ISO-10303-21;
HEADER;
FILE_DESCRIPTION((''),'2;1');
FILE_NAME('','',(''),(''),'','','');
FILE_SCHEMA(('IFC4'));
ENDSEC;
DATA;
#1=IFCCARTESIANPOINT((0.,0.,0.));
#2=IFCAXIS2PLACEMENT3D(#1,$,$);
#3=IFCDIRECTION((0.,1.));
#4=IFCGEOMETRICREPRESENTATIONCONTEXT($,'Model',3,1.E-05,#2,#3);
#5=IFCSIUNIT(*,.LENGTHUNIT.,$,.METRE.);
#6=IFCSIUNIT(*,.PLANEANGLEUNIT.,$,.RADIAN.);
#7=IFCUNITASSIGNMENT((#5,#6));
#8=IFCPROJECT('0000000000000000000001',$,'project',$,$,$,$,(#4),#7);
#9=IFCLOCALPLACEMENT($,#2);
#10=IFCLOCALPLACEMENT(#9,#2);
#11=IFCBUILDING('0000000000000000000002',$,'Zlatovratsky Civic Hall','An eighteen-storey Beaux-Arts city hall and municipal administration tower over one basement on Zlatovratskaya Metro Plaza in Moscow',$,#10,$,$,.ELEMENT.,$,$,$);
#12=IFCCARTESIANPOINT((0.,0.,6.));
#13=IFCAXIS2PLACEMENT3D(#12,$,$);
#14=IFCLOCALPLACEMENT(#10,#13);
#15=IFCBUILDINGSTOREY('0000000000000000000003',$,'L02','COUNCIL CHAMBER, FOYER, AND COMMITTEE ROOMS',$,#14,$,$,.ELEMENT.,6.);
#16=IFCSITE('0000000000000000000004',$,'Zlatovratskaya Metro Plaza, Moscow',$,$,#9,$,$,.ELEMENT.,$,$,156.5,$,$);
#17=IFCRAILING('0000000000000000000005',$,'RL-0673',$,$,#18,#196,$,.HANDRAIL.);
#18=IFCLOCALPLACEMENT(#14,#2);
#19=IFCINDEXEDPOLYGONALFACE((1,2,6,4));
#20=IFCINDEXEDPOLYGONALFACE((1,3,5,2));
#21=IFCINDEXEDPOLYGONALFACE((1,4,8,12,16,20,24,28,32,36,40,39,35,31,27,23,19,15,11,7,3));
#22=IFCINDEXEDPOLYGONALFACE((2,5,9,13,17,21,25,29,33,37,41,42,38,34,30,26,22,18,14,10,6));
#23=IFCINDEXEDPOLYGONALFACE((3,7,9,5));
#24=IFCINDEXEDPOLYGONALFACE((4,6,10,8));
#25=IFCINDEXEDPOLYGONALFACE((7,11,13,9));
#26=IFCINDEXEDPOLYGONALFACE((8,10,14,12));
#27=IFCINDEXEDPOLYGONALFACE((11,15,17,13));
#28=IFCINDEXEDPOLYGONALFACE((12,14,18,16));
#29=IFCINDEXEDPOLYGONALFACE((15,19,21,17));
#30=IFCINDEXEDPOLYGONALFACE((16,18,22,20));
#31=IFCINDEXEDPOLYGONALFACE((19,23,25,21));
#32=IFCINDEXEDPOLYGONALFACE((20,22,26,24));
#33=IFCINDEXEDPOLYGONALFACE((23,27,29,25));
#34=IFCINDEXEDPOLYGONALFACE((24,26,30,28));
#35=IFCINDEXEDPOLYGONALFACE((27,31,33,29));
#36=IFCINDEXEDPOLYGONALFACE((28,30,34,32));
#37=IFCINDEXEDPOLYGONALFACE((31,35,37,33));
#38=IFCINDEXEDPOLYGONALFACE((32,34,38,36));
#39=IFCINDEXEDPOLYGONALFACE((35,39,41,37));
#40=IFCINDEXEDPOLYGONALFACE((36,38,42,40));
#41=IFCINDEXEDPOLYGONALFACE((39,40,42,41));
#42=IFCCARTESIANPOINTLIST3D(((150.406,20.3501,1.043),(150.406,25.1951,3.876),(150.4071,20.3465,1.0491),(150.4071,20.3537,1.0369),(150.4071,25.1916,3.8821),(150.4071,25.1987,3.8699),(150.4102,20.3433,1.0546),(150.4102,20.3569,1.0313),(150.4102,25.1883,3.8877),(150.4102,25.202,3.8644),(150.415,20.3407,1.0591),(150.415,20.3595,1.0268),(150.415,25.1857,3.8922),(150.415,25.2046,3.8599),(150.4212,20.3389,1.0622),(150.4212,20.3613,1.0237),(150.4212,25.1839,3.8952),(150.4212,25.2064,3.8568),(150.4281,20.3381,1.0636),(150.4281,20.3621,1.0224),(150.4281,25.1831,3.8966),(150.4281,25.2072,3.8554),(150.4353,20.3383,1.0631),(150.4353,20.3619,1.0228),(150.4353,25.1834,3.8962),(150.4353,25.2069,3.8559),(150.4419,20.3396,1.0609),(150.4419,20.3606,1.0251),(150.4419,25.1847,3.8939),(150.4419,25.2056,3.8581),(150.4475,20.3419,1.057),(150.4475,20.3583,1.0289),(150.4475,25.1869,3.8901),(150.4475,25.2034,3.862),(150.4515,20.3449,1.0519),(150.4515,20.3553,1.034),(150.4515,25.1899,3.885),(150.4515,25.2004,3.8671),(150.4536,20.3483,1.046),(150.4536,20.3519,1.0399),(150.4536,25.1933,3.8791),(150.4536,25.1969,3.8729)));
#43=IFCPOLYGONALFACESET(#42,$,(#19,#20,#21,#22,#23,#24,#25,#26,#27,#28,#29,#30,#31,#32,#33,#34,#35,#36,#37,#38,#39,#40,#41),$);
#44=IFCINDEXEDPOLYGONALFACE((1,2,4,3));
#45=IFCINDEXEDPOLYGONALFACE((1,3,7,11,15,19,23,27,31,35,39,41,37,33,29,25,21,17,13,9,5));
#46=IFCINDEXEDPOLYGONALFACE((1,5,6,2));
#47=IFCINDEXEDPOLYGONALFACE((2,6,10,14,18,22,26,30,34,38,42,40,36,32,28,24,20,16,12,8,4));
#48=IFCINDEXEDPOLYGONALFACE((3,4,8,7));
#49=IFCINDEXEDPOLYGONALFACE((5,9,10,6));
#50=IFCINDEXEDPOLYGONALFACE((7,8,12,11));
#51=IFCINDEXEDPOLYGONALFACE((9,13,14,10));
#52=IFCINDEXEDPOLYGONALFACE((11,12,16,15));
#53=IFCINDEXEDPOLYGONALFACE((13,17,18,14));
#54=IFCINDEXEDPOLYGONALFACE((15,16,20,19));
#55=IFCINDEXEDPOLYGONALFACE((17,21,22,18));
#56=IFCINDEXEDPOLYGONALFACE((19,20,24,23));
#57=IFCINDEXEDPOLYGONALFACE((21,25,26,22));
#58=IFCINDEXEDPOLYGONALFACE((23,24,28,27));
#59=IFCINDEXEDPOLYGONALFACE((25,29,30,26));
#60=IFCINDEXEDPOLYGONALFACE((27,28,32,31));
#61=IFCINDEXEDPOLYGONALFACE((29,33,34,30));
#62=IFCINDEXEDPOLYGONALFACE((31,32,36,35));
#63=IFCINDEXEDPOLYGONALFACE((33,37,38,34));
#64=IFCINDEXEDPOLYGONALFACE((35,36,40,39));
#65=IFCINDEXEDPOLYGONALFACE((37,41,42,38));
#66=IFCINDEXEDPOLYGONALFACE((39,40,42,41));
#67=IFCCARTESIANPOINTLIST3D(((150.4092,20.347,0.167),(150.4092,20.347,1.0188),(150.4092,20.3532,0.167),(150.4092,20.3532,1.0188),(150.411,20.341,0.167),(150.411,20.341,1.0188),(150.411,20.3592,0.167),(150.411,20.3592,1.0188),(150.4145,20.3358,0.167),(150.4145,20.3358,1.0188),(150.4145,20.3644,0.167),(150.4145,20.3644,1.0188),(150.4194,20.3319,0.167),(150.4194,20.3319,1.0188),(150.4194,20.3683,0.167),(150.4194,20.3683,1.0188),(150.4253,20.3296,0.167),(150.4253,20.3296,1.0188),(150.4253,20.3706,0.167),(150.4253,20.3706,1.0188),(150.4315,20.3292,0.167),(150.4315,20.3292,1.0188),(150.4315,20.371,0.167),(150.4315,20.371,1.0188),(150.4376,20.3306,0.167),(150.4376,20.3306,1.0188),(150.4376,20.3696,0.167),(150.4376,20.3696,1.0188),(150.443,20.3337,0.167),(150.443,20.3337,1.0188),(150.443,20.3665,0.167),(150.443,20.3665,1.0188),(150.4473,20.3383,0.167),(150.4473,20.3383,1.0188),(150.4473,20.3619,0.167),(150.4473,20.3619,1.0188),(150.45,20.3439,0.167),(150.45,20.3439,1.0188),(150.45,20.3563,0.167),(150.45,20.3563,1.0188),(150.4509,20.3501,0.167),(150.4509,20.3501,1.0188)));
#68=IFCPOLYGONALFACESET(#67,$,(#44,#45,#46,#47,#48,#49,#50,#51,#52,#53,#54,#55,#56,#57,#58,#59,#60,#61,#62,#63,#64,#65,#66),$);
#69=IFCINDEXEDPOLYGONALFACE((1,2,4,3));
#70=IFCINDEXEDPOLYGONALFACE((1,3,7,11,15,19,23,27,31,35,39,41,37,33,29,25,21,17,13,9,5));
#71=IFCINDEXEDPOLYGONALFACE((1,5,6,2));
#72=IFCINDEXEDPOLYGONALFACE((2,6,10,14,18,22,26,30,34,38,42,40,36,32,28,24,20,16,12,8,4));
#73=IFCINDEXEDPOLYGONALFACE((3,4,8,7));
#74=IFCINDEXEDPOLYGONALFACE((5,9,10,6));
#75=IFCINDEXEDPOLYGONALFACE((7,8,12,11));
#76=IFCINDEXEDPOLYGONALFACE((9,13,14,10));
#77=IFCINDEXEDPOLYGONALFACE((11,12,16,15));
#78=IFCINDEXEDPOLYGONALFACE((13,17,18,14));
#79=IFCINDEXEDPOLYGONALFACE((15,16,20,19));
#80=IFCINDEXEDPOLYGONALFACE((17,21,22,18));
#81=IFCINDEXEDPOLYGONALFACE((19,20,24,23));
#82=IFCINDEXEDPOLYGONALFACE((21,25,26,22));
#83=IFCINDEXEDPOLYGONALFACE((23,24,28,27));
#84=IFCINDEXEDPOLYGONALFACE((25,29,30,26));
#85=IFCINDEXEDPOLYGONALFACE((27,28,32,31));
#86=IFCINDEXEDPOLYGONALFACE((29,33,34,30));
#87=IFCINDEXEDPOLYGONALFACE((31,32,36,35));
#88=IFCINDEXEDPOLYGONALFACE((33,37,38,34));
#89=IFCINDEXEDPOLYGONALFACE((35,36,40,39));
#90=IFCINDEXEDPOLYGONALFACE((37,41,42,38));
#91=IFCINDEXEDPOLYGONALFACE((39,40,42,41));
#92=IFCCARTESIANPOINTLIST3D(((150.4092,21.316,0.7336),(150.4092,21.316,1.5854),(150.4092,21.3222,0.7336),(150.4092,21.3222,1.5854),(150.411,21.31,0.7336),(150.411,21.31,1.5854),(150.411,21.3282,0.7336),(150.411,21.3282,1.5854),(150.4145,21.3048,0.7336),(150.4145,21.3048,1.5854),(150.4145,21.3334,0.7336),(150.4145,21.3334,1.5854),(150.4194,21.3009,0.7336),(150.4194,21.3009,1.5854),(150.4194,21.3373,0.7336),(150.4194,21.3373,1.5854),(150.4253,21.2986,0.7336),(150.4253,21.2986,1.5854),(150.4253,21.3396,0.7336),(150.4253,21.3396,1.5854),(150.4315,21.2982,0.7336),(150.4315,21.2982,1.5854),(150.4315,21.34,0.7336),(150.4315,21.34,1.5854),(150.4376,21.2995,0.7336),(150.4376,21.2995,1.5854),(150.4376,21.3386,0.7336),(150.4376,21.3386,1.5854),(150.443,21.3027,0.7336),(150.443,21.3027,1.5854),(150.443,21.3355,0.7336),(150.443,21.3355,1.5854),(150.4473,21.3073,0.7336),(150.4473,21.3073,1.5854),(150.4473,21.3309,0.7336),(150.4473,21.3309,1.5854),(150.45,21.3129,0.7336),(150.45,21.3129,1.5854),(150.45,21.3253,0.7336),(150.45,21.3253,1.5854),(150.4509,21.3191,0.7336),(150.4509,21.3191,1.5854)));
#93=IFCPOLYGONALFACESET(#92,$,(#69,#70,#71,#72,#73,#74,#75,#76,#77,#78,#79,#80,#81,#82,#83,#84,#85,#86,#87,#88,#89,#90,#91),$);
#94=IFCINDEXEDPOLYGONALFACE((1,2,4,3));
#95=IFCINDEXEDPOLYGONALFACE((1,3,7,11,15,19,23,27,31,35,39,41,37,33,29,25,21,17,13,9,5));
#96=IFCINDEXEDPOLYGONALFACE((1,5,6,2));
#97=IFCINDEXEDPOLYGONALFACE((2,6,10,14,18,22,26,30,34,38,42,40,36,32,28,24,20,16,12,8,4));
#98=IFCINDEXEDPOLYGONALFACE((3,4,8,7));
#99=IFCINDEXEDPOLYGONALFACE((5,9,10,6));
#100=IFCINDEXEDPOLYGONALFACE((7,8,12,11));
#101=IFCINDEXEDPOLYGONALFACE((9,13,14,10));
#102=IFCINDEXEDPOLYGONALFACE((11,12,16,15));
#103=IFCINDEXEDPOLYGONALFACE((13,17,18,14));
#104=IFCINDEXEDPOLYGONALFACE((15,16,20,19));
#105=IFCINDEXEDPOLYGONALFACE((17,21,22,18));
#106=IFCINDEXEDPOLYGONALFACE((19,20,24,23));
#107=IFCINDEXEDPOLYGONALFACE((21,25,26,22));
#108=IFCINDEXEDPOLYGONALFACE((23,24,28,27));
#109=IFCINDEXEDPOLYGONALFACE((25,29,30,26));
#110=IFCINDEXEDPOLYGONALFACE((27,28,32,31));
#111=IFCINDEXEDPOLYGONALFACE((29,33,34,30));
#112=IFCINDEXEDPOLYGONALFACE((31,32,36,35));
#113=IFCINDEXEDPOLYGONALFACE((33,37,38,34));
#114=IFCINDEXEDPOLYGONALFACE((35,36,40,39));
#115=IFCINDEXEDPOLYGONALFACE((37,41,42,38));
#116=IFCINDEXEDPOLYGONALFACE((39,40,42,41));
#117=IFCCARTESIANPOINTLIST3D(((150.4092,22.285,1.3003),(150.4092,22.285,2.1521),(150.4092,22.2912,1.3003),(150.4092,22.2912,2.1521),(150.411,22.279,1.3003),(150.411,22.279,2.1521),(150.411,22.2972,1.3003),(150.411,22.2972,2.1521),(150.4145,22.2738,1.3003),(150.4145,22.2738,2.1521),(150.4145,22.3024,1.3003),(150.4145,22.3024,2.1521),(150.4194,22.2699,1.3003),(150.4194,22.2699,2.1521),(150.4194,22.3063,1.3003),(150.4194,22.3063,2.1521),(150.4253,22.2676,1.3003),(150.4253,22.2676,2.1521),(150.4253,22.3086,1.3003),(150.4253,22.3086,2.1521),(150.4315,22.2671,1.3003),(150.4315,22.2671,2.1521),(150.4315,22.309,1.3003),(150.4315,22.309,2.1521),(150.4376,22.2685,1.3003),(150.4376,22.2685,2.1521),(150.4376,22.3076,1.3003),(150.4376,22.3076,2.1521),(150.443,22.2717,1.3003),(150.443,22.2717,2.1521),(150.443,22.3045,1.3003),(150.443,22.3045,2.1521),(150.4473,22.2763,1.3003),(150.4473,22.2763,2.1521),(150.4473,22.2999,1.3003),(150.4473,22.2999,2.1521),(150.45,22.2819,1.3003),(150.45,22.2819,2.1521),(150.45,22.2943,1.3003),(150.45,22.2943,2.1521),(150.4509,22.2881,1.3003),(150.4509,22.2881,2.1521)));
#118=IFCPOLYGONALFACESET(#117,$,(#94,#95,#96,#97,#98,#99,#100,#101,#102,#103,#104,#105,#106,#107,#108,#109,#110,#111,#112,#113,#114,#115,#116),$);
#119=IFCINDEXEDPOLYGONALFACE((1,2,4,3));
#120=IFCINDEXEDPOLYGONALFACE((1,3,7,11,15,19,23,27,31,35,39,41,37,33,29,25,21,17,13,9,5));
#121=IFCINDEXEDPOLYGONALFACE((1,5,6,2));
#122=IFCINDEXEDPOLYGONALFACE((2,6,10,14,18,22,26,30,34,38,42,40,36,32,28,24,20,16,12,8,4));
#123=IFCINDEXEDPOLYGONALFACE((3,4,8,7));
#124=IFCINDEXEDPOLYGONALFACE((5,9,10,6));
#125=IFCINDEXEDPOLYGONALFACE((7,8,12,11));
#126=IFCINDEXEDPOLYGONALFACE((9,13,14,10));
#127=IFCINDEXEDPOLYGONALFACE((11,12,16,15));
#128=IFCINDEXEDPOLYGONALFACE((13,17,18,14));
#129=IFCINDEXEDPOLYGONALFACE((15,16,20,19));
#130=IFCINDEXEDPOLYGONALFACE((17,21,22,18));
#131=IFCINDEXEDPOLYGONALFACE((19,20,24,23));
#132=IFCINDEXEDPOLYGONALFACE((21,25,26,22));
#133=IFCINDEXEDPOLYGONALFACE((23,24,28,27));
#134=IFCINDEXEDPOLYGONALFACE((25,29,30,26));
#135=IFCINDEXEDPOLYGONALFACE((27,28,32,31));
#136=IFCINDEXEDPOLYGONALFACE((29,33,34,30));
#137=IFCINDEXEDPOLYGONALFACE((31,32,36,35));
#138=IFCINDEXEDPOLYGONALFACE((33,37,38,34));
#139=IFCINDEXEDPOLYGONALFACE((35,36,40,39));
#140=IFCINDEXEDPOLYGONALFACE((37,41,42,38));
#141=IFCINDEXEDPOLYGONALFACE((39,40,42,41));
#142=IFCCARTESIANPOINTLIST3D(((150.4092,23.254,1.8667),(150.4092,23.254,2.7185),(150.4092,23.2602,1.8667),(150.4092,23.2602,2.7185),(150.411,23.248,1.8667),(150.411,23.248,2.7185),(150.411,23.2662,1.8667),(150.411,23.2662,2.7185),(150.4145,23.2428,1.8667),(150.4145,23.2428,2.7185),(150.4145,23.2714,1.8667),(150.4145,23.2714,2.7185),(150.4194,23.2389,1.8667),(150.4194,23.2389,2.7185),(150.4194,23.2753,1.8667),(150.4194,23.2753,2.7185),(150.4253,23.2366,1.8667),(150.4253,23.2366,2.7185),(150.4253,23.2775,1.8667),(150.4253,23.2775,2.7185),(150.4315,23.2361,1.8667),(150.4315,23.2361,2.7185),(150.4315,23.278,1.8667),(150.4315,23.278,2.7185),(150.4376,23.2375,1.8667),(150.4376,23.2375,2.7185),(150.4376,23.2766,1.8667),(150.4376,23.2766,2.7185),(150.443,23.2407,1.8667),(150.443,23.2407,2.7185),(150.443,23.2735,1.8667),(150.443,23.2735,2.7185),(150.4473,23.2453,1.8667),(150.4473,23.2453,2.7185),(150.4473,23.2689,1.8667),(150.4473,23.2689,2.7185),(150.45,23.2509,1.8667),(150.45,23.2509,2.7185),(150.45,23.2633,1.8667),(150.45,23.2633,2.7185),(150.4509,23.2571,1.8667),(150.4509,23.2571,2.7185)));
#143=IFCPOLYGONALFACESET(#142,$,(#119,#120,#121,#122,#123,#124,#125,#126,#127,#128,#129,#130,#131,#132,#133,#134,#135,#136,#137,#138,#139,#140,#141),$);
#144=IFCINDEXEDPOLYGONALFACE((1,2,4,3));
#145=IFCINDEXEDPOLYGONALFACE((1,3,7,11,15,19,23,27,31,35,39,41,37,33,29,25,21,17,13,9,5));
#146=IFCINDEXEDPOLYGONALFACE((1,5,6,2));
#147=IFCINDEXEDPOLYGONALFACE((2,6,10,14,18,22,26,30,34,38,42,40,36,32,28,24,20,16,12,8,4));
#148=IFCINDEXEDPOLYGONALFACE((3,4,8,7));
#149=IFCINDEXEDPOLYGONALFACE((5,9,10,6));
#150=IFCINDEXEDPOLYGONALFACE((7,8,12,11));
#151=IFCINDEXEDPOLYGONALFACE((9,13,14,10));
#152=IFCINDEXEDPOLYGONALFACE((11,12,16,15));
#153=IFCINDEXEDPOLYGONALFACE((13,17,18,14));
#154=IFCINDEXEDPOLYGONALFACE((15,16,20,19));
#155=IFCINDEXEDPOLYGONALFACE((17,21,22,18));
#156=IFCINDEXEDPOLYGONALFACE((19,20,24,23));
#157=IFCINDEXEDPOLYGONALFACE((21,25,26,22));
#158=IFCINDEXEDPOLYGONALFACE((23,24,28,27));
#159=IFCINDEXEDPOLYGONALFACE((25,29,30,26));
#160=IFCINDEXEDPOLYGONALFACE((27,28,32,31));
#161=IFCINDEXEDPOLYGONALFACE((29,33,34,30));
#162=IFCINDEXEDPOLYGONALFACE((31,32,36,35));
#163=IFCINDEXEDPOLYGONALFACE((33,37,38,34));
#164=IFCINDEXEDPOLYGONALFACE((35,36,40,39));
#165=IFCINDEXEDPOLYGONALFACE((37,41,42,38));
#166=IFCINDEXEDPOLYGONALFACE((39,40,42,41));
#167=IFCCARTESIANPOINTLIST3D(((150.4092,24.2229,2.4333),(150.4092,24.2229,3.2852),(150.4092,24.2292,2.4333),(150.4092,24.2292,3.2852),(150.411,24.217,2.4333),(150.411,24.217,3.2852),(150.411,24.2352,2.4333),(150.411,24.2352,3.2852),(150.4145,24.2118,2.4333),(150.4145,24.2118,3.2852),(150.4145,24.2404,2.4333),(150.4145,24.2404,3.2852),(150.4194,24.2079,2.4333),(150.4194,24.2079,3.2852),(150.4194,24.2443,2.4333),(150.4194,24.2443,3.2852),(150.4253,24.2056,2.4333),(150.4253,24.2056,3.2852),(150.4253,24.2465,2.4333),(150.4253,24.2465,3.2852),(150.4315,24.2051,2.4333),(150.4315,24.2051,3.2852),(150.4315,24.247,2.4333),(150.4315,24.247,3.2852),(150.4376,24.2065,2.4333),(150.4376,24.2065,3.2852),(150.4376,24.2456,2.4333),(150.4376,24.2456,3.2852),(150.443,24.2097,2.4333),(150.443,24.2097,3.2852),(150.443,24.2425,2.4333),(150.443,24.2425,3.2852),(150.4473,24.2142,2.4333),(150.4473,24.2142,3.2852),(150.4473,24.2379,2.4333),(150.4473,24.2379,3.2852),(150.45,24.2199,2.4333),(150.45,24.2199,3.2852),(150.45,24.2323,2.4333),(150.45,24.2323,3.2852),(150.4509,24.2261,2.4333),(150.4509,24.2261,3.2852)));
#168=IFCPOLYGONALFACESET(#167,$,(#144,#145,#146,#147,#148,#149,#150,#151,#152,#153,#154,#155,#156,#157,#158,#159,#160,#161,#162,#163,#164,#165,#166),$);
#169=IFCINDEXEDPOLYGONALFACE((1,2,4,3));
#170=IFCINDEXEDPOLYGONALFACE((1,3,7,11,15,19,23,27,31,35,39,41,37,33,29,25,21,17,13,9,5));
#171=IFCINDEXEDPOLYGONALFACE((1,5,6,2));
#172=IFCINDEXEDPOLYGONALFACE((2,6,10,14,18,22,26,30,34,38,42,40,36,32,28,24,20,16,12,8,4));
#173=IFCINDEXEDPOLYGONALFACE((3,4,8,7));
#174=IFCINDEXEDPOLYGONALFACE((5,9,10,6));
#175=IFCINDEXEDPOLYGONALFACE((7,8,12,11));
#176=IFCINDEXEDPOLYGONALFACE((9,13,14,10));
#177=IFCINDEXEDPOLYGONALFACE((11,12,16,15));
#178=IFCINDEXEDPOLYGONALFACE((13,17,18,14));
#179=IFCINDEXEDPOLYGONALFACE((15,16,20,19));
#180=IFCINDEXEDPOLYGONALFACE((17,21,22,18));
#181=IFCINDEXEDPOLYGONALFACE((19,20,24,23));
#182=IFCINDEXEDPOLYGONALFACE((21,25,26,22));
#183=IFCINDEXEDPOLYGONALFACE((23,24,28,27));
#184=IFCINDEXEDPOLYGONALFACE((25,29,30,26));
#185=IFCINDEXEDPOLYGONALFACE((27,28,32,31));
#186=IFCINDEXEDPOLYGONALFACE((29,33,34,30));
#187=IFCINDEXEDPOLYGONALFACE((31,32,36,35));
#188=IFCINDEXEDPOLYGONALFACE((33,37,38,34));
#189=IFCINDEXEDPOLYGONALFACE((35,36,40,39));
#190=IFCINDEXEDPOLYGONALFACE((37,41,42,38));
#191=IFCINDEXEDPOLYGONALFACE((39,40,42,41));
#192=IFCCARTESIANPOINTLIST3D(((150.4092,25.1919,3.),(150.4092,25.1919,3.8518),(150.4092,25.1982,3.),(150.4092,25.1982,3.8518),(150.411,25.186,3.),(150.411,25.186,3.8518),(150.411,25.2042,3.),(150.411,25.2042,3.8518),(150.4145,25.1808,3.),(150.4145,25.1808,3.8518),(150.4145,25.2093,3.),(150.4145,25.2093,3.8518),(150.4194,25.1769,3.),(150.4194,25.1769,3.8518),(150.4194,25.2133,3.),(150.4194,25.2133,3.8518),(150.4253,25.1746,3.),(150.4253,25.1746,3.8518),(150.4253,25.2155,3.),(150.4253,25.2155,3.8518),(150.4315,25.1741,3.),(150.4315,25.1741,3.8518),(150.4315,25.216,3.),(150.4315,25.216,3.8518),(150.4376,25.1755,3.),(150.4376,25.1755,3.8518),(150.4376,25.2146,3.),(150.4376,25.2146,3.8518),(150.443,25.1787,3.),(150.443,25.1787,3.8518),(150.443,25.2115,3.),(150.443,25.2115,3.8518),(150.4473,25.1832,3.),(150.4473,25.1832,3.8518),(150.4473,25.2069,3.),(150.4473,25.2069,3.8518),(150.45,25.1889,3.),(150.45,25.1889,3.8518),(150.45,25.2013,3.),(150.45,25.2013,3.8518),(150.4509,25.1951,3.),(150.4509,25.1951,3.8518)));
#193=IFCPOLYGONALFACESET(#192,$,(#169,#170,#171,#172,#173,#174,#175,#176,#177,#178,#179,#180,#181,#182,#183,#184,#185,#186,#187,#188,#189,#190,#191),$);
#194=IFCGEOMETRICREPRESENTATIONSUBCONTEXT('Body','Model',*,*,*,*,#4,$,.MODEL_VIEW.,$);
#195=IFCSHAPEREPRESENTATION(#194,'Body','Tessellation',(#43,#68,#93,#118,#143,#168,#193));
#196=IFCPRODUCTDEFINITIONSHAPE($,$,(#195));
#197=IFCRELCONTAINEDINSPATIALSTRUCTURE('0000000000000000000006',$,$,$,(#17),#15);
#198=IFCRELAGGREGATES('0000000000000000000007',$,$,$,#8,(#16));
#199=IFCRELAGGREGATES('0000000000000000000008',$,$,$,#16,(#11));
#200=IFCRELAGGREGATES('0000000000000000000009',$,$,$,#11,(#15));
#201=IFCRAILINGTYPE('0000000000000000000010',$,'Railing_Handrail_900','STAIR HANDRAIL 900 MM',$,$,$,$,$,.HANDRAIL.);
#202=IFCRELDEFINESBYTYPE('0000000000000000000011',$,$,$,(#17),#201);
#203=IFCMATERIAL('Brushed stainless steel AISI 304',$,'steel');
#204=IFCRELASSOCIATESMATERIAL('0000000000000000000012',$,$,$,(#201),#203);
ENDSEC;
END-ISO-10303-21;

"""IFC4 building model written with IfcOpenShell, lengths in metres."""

from ifc_helpers import new_model, si_unit, direction, frame, origin, origin_2d, place, context, subcontext, project, spatial, circle, extrude, material, type_object, element, save


model = new_model("IFC4")

# Units and contexts
model_context = context("Model", 3, precision=1e-05, world=origin(), true_north=direction((0.0, 1.0)))
body_context = subcontext(model_context, "Body", "Model", "MODEL_VIEW")
ifc_project = project(units=[si_unit("LENGTHUNIT", "METRE"), si_unit("PLANEANGLEUNIT", "RADIAN")], contexts=[model_context])

# Site, building, storey
site_placement = place(None, origin())
site = spatial("IfcSite", under=ifc_project, at=site_placement, Name="Zlatovratskaya Metro Plaza, Moscow", CompositionType="ELEMENT", RefElevation=156.5)
building_placement = place(site_placement, origin())
building = spatial("IfcBuilding", under=site, at=building_placement, Name="Zlatovratsky Civic Hall", Description="An eighteen-storey Beaux-Arts city hall and municipal administration tower over one basement on Zlatovratskaya Metro Plaza in Moscow", CompositionType="ELEMENT")
storey_placement = place(building_placement, frame((0.0, 0.0, 6.0)))
storey = spatial("IfcBuildingStorey", under=building, at=storey_placement, Name="L02", Description="COUNCIL CHAMBER, FOYER, AND COMMITTEE ROOMS", CompositionType="ELEMENT", Elevation=6.0)

# Railing
ifc_material_1 = material(Name="Brushed stainless steel AISI 304", Category="steel")
railing_type_1 = type_object("IfcRailingType", Name="Railing_Handrail_900", Description="STAIR HANDRAIL 900 MM", PredefinedType="HANDRAIL", material=ifc_material_1)
railing_1_placement = place(storey_placement, frame((150.4299, 20.3501, 0.167)))
element("IfcRailing", 1, at=railing_1_placement, inside=storey, type_object=railing_type_1, Name="RL-0673", PredefinedType="HANDRAIL", context=body_context, shape_type="SweptSolid", body=[
    extrude(circle(Radius=0.0239, at=origin_2d()), frame((0.0, 0.0, 0.876), z_axis=(0.0, 0.863253, 0.504771), x_axis=(-1.0, 0.0, 0.0)), (0.0, 0.0, 1.0), 5.6125),
    extrude(circle(Radius=0.021, at=origin_2d()), origin(), (0.0, 0.0, 1.0), 0.8518),
    extrude(circle(Radius=0.021, at=origin_2d()), frame((0.0, 0.969, 0.5667)), (0.0, 0.0, 1.0), 0.8518),
    extrude(circle(Radius=0.021, at=origin_2d()), frame((0.0, 1.938, 1.1333)), (0.0, 0.0, 1.0), 0.8518),
    extrude(circle(Radius=0.021, at=origin_2d()), frame((0.0, 2.907, 1.6997)), (0.0, 0.0, 1.0), 0.8518),
    extrude(circle(Radius=0.021, at=origin_2d()), frame((0.0, 3.876, 2.2664)), (0.0, 0.0, 1.0), 0.8518),
    extrude(circle(Radius=0.021, at=origin_2d()), frame((0.0, 4.845, 2.833)), (0.0, 0.0, 1.0), 0.8518),
])

save(model, "model.ifc")
